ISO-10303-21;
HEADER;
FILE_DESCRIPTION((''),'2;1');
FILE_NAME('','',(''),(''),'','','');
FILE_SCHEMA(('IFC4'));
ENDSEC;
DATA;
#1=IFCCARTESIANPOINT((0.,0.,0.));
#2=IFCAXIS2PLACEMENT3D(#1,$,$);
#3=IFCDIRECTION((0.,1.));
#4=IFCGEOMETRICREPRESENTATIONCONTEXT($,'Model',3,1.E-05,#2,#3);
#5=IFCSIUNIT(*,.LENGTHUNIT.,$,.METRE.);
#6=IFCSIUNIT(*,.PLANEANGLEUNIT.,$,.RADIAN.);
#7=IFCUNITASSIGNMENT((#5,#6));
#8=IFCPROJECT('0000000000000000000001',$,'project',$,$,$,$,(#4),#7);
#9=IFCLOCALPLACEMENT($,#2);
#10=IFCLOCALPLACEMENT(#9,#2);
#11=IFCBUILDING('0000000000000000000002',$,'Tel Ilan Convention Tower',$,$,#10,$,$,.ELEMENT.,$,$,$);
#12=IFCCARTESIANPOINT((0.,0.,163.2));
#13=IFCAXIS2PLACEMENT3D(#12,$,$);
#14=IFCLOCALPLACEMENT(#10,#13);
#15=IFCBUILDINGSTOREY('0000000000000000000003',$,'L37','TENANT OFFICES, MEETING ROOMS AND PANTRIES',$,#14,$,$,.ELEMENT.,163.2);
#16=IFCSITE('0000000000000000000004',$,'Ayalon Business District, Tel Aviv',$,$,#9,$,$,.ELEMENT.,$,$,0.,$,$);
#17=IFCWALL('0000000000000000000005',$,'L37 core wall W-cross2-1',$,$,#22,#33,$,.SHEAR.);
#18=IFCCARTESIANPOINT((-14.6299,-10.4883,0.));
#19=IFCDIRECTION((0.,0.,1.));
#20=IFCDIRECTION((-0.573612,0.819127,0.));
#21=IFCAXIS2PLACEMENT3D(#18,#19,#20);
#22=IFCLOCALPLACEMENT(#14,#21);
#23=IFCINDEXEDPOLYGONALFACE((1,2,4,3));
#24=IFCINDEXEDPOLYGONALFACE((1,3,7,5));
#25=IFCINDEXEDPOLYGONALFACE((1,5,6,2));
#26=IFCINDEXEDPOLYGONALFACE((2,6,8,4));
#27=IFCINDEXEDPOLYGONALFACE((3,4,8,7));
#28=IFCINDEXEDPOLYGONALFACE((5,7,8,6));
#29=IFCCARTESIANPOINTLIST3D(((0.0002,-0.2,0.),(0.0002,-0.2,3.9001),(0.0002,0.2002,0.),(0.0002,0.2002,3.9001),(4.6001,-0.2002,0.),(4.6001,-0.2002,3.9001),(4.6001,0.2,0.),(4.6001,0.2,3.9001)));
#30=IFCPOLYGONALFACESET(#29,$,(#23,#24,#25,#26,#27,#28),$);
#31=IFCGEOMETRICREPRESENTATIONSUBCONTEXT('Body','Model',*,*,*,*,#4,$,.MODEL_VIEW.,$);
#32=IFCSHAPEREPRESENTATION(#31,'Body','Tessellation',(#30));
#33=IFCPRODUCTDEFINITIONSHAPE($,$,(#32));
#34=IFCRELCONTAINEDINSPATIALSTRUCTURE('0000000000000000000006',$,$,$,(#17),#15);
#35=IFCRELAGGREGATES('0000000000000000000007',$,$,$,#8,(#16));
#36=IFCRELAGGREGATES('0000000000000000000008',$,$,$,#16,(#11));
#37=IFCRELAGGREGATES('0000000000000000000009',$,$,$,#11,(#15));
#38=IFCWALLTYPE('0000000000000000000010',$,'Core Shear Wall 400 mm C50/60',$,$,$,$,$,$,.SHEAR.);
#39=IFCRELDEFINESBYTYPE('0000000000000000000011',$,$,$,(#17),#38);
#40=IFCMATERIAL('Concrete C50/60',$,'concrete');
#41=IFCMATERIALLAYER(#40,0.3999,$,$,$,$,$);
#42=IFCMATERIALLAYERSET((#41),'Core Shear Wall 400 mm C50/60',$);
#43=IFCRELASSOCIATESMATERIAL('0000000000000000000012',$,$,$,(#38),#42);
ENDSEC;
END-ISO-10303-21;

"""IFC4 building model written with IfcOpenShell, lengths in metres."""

from ifc_helpers import new_model, si_unit, direction, frame, origin, place, context, subcontext, project, spatial, polyline, outline, extrude, material, layer, layer_set, type_object, element, save


model = new_model("IFC4")

# Units and contexts
model_context = context("Model", 3, precision=1e-05, world=origin(), true_north=direction((0.0, 1.0)))
body_context = subcontext(model_context, "Body", "Model", "MODEL_VIEW")
ifc_project = project(units=[si_unit("LENGTHUNIT", "METRE"), si_unit("PLANEANGLEUNIT", "RADIAN")], contexts=[model_context])

# Site, building, storey
site_placement = place(None, origin())
site = spatial("IfcSite", under=ifc_project, at=site_placement, Name="Ayalon Business District, Tel Aviv", CompositionType="ELEMENT", RefElevation=0.0)
building_placement = place(site_placement, origin())
building = spatial("IfcBuilding", under=site, at=building_placement, Name="Tel Ilan Convention Tower", CompositionType="ELEMENT")
storey_placement = place(building_placement, frame((0.0, 0.0, 163.2)))
storey = spatial("IfcBuildingStorey", under=building, at=storey_placement, Name="L37", Description="TENANT OFFICES, MEETING ROOMS AND PANTRIES", CompositionType="ELEMENT", Elevation=163.2)

# Wall
ifc_material_1 = material(Name="Concrete C50/60", Category="concrete")
ifc_layer_1 = layer(ifc_material_1, 0.3999)
ifc_layer_set_1 = layer_set([ifc_layer_1], Name="Core Shear Wall 400 mm C50/60")
wall_type_1 = type_object("IfcWallType", Name="Core Shear Wall 400 mm C50/60", PredefinedType="SHEAR", material=ifc_layer_set_1)
wall_1_placement = place(storey_placement, frame((-14.6299, -10.4883, 0.0), z_axis=(0.0, 0.0, 1.0), x_axis=(-0.573612, 0.819127, 0.0)))
element("IfcWall", 1, at=wall_1_placement, inside=storey, type_object=wall_type_1, Name="L37 core wall W-cross2-1", PredefinedType="SHEAR", context=body_context, shape_type="SweptSolid", body=[
    extrude(outline(polyline([(4.6001, 0.2), (0.0002, 0.2002), (0.0002, -0.2), (4.6001, -0.2002), (4.6001, 0.2)])), origin(), (0.0, 0.0, 1.0), 3.9001),
])

save(model, "model.ifc")
